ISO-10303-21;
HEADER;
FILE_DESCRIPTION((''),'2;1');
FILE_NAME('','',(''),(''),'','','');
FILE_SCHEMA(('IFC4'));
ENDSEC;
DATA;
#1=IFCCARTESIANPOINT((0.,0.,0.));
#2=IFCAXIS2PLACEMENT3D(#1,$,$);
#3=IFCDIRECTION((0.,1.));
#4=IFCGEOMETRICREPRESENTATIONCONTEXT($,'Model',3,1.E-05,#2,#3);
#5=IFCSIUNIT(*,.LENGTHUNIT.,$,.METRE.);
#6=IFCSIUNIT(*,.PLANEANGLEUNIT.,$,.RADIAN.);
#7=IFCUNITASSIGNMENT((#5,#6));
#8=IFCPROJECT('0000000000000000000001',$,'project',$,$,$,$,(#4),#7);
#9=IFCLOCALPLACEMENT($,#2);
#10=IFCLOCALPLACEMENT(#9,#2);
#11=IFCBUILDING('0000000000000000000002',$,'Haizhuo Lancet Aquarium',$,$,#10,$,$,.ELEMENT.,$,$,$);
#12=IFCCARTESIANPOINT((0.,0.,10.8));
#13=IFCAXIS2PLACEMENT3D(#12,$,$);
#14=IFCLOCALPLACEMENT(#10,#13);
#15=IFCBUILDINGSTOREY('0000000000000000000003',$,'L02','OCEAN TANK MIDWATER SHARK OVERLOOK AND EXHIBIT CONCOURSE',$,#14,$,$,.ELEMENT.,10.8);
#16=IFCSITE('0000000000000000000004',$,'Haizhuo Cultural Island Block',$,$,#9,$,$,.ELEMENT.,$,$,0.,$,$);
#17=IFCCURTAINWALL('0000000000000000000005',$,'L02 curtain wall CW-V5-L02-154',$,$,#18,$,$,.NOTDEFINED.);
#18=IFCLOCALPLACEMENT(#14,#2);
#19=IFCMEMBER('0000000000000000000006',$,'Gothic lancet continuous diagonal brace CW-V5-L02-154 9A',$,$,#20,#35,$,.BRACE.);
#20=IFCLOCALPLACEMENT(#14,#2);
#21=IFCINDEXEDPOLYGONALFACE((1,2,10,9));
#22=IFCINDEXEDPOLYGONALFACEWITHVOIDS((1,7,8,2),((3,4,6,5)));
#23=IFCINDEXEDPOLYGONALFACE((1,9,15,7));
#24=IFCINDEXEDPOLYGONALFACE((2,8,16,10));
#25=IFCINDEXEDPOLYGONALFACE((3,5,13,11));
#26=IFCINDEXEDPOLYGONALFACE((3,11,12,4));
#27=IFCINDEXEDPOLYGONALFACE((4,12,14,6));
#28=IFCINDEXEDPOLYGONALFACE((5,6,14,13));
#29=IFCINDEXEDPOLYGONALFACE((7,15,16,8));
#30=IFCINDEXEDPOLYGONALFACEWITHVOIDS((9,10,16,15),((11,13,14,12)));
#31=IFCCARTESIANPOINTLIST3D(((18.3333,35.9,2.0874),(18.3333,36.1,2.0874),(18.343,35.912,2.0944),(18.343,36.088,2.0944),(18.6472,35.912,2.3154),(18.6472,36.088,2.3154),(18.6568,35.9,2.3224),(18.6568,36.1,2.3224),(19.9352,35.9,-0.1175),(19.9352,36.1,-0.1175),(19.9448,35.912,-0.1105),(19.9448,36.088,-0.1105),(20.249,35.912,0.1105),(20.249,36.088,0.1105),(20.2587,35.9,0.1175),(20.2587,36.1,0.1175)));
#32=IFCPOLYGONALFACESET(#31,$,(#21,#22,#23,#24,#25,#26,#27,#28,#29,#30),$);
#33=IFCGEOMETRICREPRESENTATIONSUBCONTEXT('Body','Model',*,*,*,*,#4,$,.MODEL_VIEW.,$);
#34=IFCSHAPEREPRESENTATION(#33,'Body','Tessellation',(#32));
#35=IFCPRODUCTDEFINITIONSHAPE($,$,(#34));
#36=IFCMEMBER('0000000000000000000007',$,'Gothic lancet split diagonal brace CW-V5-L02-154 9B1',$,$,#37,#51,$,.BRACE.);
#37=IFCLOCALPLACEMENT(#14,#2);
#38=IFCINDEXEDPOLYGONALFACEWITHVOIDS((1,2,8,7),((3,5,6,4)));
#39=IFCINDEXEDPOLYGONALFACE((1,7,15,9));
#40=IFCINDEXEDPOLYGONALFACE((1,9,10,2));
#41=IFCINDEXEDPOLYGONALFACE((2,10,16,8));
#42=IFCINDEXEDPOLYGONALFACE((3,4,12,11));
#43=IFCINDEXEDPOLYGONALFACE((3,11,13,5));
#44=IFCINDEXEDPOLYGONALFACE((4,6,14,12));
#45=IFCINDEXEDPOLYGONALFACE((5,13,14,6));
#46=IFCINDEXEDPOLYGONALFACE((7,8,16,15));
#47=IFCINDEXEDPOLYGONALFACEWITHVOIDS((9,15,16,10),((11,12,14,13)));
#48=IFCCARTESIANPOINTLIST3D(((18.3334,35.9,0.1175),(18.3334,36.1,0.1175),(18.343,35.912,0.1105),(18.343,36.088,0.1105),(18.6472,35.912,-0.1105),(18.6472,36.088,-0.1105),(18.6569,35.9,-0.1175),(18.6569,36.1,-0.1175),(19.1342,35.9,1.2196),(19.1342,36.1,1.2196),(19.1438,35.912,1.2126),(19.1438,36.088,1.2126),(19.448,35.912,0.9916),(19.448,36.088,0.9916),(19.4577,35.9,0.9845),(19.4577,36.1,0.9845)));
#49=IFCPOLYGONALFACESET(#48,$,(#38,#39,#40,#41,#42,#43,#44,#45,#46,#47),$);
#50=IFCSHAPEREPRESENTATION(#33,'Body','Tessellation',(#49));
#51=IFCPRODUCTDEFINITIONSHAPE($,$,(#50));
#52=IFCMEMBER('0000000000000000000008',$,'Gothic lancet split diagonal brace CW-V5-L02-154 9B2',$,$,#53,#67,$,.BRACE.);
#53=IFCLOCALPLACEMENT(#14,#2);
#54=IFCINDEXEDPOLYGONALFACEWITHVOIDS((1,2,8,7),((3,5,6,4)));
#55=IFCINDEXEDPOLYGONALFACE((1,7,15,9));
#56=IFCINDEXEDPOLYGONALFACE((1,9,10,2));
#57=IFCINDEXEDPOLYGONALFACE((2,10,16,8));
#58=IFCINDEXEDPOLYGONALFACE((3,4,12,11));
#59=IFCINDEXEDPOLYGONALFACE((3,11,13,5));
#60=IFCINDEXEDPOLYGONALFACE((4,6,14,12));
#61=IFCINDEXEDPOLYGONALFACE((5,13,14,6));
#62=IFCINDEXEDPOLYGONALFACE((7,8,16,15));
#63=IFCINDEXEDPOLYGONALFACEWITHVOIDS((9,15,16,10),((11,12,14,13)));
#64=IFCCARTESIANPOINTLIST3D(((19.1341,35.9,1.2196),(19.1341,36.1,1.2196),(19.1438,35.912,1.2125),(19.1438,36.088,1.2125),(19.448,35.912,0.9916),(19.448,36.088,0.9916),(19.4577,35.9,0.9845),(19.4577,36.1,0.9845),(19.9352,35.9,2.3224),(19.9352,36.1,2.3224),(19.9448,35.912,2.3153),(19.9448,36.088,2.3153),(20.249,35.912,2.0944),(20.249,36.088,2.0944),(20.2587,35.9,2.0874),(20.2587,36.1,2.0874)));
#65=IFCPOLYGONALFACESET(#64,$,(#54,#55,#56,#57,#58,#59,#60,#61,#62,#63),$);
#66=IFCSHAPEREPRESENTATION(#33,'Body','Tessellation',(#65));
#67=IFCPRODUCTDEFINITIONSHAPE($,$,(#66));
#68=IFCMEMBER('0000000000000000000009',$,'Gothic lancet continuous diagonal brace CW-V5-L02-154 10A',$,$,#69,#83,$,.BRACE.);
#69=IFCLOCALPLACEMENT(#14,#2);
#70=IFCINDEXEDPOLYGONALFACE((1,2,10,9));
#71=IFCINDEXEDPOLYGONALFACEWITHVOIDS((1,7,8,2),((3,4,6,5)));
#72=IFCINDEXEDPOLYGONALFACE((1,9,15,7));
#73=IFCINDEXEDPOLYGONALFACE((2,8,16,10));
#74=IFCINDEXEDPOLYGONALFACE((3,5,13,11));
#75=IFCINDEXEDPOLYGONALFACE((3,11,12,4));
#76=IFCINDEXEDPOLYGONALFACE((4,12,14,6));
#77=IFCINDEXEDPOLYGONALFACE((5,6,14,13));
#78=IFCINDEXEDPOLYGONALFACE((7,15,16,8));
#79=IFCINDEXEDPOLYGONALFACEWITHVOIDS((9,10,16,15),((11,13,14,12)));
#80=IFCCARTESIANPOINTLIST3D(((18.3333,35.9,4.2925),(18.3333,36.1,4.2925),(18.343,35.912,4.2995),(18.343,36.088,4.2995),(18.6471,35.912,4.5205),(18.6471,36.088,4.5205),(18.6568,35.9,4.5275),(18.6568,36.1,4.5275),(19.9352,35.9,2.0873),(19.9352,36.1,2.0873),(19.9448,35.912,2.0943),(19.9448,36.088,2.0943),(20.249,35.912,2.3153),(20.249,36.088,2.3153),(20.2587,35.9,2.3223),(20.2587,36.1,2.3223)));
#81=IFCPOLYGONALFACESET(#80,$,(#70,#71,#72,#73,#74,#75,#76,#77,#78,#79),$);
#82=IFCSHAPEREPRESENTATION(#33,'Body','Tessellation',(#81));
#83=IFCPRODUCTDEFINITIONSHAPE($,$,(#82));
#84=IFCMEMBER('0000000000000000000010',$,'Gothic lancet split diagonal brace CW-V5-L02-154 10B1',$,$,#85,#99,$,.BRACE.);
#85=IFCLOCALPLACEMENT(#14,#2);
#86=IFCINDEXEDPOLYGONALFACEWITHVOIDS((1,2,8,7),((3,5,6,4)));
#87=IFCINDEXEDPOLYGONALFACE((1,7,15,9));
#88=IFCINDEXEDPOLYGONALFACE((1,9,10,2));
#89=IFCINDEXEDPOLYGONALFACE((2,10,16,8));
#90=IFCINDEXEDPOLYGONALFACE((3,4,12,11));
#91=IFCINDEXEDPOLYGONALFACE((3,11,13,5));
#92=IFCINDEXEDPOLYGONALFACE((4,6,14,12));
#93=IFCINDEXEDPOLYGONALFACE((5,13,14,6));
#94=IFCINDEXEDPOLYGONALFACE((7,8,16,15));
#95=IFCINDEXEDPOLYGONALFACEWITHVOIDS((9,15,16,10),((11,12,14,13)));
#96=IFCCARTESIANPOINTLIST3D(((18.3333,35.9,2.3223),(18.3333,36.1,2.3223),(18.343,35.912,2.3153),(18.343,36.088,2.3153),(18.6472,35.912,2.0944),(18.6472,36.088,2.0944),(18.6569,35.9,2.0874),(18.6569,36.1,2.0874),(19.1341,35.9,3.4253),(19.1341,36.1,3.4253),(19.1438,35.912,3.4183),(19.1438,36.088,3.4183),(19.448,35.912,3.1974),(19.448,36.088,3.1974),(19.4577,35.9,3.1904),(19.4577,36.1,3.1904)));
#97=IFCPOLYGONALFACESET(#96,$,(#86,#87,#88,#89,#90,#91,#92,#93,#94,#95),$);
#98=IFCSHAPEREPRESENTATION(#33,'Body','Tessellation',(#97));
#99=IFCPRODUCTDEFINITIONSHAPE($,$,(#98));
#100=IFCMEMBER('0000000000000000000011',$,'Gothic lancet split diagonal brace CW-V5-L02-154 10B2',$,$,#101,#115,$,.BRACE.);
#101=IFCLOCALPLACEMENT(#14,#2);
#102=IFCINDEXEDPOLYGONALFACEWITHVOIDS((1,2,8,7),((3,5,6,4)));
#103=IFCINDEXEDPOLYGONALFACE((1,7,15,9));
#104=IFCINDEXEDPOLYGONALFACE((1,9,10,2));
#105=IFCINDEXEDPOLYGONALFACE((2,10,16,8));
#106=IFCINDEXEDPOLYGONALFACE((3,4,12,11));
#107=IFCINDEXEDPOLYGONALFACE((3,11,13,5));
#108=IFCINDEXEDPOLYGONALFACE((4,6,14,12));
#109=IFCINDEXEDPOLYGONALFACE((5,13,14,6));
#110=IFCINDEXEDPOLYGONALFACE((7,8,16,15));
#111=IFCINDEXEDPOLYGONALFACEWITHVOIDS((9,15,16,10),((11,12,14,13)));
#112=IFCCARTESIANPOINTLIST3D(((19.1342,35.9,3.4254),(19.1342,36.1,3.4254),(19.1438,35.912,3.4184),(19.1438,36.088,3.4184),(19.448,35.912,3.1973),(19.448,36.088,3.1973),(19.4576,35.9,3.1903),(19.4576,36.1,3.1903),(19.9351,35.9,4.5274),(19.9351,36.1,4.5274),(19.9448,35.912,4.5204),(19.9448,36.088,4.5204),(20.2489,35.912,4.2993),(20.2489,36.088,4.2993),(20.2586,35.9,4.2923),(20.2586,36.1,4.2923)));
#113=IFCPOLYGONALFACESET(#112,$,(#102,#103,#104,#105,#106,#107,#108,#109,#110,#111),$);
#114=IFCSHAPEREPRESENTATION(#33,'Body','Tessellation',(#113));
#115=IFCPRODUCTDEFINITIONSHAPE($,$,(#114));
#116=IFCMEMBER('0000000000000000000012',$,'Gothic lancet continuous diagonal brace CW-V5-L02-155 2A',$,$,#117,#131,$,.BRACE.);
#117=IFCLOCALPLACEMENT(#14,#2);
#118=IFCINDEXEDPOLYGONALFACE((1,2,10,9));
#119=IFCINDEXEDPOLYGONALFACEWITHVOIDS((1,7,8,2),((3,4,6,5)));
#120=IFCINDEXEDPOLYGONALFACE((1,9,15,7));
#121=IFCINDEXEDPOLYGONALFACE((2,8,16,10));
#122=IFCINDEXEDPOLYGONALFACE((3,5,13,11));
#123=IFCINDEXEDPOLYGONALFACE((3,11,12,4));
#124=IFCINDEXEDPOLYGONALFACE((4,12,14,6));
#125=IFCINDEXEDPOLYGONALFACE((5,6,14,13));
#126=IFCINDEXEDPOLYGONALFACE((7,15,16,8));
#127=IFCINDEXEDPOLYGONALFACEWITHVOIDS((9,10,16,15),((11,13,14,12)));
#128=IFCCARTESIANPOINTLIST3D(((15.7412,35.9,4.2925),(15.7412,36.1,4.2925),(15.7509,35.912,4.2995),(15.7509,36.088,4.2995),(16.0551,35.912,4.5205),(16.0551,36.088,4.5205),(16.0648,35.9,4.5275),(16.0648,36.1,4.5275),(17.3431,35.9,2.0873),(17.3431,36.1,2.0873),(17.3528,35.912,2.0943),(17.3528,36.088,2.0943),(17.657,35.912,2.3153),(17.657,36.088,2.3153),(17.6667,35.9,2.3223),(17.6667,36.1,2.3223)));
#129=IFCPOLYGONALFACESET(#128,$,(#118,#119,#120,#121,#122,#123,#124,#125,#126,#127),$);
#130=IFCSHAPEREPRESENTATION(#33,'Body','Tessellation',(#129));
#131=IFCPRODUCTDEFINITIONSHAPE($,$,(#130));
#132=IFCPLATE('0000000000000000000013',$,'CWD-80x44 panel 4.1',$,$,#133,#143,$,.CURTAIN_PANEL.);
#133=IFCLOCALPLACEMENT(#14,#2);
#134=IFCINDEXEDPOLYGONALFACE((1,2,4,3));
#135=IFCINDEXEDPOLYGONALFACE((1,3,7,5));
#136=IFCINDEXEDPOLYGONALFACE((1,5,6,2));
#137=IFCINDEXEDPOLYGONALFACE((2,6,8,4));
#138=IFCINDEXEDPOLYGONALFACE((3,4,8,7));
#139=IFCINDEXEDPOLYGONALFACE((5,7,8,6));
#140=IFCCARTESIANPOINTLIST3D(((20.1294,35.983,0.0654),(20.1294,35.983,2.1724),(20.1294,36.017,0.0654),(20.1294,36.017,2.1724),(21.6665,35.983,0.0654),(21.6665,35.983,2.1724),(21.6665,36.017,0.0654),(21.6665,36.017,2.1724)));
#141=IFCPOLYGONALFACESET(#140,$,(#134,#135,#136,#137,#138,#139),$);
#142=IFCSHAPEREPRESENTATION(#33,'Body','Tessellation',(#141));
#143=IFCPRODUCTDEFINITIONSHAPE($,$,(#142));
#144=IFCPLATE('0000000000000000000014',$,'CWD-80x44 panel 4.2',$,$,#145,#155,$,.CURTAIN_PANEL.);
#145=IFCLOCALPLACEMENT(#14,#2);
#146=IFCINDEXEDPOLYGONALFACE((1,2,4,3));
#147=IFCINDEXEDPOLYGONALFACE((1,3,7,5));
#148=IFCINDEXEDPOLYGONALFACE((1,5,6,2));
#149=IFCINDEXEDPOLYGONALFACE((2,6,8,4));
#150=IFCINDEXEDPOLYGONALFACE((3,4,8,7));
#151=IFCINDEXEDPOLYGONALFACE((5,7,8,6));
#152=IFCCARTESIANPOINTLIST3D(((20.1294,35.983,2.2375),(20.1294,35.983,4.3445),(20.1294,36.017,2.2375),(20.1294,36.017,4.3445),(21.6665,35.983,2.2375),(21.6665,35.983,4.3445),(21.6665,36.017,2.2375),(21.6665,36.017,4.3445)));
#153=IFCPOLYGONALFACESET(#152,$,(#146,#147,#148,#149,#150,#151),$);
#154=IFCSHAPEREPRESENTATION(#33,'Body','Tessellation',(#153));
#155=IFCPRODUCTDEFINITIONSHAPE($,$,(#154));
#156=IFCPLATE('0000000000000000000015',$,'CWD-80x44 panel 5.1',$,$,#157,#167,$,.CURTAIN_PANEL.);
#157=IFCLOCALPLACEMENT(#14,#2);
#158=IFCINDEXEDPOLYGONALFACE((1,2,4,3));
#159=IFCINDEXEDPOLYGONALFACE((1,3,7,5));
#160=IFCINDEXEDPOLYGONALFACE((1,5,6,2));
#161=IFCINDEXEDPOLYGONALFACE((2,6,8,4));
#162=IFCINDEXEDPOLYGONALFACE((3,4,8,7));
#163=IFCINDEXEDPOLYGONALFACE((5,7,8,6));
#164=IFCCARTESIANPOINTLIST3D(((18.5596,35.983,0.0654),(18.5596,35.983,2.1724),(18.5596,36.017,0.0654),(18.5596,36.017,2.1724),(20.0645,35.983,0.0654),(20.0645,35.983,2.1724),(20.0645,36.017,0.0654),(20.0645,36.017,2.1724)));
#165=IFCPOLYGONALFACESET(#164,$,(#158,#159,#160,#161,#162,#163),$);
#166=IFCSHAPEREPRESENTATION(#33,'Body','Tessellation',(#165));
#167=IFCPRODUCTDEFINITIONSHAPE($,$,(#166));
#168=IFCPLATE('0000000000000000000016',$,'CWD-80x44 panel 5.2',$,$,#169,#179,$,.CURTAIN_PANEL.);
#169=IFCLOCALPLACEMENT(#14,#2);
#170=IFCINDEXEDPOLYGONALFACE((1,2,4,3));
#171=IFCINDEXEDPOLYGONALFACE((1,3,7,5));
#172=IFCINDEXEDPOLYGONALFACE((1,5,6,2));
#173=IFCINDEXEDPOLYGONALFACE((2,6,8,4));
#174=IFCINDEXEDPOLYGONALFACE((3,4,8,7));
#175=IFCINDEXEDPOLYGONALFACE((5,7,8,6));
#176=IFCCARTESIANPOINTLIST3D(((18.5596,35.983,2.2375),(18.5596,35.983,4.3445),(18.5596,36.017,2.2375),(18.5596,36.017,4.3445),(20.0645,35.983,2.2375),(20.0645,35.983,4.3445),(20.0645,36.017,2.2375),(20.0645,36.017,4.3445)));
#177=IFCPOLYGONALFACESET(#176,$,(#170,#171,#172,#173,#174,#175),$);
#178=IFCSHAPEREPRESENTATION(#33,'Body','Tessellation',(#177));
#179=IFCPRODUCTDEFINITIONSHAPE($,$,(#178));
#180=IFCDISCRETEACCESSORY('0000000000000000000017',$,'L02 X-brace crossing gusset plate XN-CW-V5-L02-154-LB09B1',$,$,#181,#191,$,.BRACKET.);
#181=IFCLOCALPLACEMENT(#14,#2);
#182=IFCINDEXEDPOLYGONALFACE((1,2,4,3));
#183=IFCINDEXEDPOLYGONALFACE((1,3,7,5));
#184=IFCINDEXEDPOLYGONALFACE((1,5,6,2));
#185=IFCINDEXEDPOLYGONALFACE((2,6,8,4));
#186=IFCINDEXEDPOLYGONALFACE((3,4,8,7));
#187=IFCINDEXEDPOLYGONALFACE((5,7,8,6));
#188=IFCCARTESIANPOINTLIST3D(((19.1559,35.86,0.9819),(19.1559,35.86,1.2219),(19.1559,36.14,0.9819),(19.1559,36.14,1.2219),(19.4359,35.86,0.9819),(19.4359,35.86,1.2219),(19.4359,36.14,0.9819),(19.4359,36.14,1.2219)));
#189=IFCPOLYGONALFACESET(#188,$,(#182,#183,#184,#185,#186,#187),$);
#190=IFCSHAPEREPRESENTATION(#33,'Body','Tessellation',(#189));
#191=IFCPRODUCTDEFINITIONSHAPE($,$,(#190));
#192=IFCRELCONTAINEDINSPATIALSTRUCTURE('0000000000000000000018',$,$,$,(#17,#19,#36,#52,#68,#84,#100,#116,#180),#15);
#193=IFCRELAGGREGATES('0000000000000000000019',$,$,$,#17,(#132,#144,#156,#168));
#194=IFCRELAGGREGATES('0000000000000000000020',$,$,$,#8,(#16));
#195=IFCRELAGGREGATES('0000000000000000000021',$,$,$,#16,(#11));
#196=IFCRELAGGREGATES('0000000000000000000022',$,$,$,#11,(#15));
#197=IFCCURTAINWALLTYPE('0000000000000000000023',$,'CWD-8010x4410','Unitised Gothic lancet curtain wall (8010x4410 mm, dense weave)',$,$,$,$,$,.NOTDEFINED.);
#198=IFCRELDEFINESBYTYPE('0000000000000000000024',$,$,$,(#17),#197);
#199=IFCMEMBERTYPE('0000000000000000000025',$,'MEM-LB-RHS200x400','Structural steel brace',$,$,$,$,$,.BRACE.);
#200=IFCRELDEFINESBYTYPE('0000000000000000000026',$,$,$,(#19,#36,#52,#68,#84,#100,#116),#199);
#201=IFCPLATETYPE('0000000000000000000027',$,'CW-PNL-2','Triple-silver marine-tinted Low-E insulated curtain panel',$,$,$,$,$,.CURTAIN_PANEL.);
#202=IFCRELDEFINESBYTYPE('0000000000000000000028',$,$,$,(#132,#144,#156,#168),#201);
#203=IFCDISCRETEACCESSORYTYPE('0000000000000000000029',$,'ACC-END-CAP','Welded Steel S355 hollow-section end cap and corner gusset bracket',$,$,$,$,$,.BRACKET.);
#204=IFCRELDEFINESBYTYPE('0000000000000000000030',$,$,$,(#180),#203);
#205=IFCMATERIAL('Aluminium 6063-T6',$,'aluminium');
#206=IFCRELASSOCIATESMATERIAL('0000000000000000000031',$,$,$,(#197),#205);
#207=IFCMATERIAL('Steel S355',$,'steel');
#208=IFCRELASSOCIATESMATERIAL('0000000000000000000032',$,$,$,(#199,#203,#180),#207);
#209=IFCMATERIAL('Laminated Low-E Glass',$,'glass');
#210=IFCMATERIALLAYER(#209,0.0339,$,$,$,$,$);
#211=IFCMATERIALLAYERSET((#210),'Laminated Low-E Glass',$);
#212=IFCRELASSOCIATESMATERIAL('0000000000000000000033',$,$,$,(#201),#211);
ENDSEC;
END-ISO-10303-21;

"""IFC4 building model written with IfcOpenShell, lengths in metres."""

from ifc_helpers import new_model, si_unit, direction, frame, origin, origin_2d, place, context, subcontext, project, spatial, rectangle, hollow_rectangle, extrude, material, layer, layer_set, material_profile, profile_set, type_object, element, aggregate, save


model = new_model("IFC4")

# Units and contexts
model_context = context("Model", 3, precision=1e-05, world=origin(), true_north=direction((0.0, 1.0)))
body_context = subcontext(model_context, "Body", "Model", "MODEL_VIEW")
ifc_project = project(units=[si_unit("LENGTHUNIT", "METRE"), si_unit("PLANEANGLEUNIT", "RADIAN")], contexts=[model_context])

# Site, building, storey
site_placement = place(None, origin())
site = spatial("IfcSite", under=ifc_project, at=site_placement, Name="Haizhuo Cultural Island Block", CompositionType="ELEMENT", RefElevation=0.0)
building_placement = place(site_placement, origin())
building = spatial("IfcBuilding", under=site, at=building_placement, Name="Haizhuo Lancet Aquarium", CompositionType="ELEMENT")
storey_placement = place(building_placement, frame((0.0, 0.0, 10.8)))
storey = spatial("IfcBuildingStorey", under=building, at=storey_placement, Name="L02", Description="OCEAN TANK MIDWATER SHARK OVERLOOK AND EXHIBIT CONCOURSE", CompositionType="ELEMENT", Elevation=10.8)

# Curtain wall
ifc_material_1 = material(Name="Aluminium 6063-T6", Category="aluminium")
curtain_wall_type = type_object("IfcCurtainWallType", Name="CWD-8010x4410", Description="Unitised Gothic lancet curtain wall (8010x4410 mm, dense weave)", PredefinedType="NOTDEFINED", material=ifc_material_1)
curtain_wall_placement = place(storey_placement, origin())
curtain_wall = element("IfcCurtainWall", 1, at=curtain_wall_placement, inside=storey, type_object=curtain_wall_type, Name="L02 curtain wall CW-V5-L02-154", PredefinedType="NOTDEFINED")

# Members
ifc_material_2 = material(Name="Steel S355", Category="steel")
ifc_material_profile_1 = material_profile(ifc_material_2, hollow_rectangle(XDim=0.2, YDim=0.3999, WallThickness=0.012, at=origin_2d()), Name="RHS 200x400x12")
ifc_profile_set_1 = profile_set([ifc_material_profile_1], Name="Steel S355")
member_type_1 = type_object("IfcMemberType", Name="MEM-LB-RHS200x400", Description="Structural steel brace", PredefinedType="BRACE", material=ifc_profile_set_1)
member_1_placement = place(storey_placement, frame((20.0969, 36.0, 0.0), z_axis=(-0.587761, 0.0, 0.809034), x_axis=(0.0, -1.0, 0.0)))
element("IfcMember", 2, at=member_1_placement, inside=storey, type_object=member_type_1, Name="Gothic lancet continuous diagonal brace CW-V5-L02-154 9A", PredefinedType="BRACE", context=body_context, shape_type="SweptSolid", body=[
    extrude(hollow_rectangle(XDim=0.2, YDim=0.3999, WallThickness=0.012, at=origin_2d()), origin(), (0.0, 0.0, 1.0), 2.7253),
])
member_2_placement = place(storey_placement, frame((18.4951, 36.0, 0.0), z_axis=(0.587831, 0.0, 0.808984), x_axis=(0.0, 1.0, 0.0)))
element("IfcMember", 3, at=member_2_placement, inside=storey, type_object=member_type_1, Name="Gothic lancet split diagonal brace CW-V5-L02-154 9B1", PredefinedType="BRACE", context=body_context, shape_type="SweptSolid", body=[
    extrude(hollow_rectangle(XDim=0.2, YDim=0.3999, WallThickness=0.012, at=origin_2d()), origin(), (0.0, 0.0, 1.0), 1.3623),
])
member_3_placement = place(storey_placement, frame((19.2959, 36.0, 1.1021), z_axis=(0.587692, 0.0, 0.809084), x_axis=(0.0, 1.0, 0.0)))
element("IfcMember", 4, at=member_3_placement, inside=storey, type_object=member_type_1, Name="Gothic lancet split diagonal brace CW-V5-L02-154 9B2", PredefinedType="BRACE", context=body_context, shape_type="SweptSolid", body=[
    extrude(hollow_rectangle(XDim=0.2, YDim=0.3999, WallThickness=0.012, at=origin_2d()), origin(), (0.0, 0.0, 1.0), 1.363),
])
member_4_placement = place(storey_placement, frame((20.0969, 36.0, 2.2048), z_axis=(-0.587719, 0.0, 0.809065), x_axis=(0.0, -1.0, 0.0)))
element("IfcMember", 5, at=member_4_placement, inside=storey, type_object=member_type_1, Name="Gothic lancet continuous diagonal brace CW-V5-L02-154 10A", PredefinedType="BRACE", context=body_context, shape_type="SweptSolid", body=[
    extrude(hollow_rectangle(XDim=0.2, YDim=0.3999, WallThickness=0.012, at=origin_2d()), origin(), (0.0, 0.0, 1.0), 2.7256),
])
member_5_placement = place(storey_placement, frame((18.4951, 36.0, 2.2048), z_axis=(0.58749, 0.0, 0.809232), x_axis=(0.0, 1.0, 0.0)))
element("IfcMember", 6, at=member_5_placement, inside=storey, type_object=member_type_1, Name="Gothic lancet split diagonal brace CW-V5-L02-154 10B1", PredefinedType="BRACE", context=body_context, shape_type="SweptSolid", body=[
    extrude(hollow_rectangle(XDim=0.2, YDim=0.3999, WallThickness=0.012, at=origin_2d()), origin(), (0.0, 0.0, 1.0), 1.363),
])
member_6_placement = place(storey_placement, frame((19.2959, 36.0, 3.3079), z_axis=(0.587948, 0.0, 0.808899), x_axis=(0.0, 1.0, 0.0)))
element("IfcMember", 7, at=member_6_placement, inside=storey, type_object=member_type_1, Name="Gothic lancet split diagonal brace CW-V5-L02-154 10B2", PredefinedType="BRACE", context=body_context, shape_type="SweptSolid", body=[
    extrude(hollow_rectangle(XDim=0.2, YDim=0.3999, WallThickness=0.012, at=origin_2d()), origin(), (0.0, 0.0, 1.0), 1.3623),
])
member_7_placement = place(storey_placement, frame((17.5049, 36.0, 2.2048), z_axis=(-0.587719, 0.0, 0.809065), x_axis=(0.0, -1.0, 0.0)))
element("IfcMember", 8, at=member_7_placement, inside=storey, type_object=member_type_1, Name="Gothic lancet continuous diagonal brace CW-V5-L02-155 2A", PredefinedType="BRACE", context=body_context, shape_type="SweptSolid", body=[
    extrude(hollow_rectangle(XDim=0.2, YDim=0.3999, WallThickness=0.012, at=origin_2d()), origin(), (0.0, 0.0, 1.0), 2.7256),
])

# Plates
ifc_material_3 = material(Name="Laminated Low-E Glass", Category="glass")
ifc_layer = layer(ifc_material_3, 0.0339)
ifc_layer_set = layer_set([ifc_layer], Name="Laminated Low-E Glass")
plate_type = type_object("IfcPlateType", Name="CW-PNL-2", Description="Triple-silver marine-tinted Low-E insulated curtain panel", PredefinedType="CURTAIN_PANEL", material=ifc_layer_set)
plate_1_placement = place(storey_placement, frame((20.8979, 36.0, 0.0654), z_axis=(0.0, 0.0, 1.0), x_axis=(-1.0, 0.0, 0.0)))
plate_1 = element("IfcPlate", 9, at=plate_1_placement, type_object=plate_type, Name="CWD-80x44 panel 4.1", PredefinedType="CURTAIN_PANEL", context=body_context, shape_type="SweptSolid", body=[
    extrude(rectangle(XDim=1.5371, YDim=0.0339, at=origin_2d()), origin(), (0.0, 0.0, 1.0), 2.1069),
])
plate_2_placement = place(storey_placement, frame((20.8979, 36.0, 2.2375), z_axis=(0.0, 0.0, 1.0), x_axis=(-1.0, 0.0, 0.0)))
plate_2 = element("IfcPlate", 10, at=plate_2_placement, type_object=plate_type, Name="CWD-80x44 panel 4.2", PredefinedType="CURTAIN_PANEL", context=body_context, shape_type="SweptSolid", body=[
    extrude(rectangle(XDim=1.5371, YDim=0.0339, at=origin_2d()), origin(), (0.0, 0.0, 1.0), 2.1069),
])
plate_3_placement = place(storey_placement, frame((19.312, 36.0, 0.0654), z_axis=(0.0, 0.0, 1.0), x_axis=(-1.0, 0.0, 0.0)))
plate_3 = element("IfcPlate", 11, at=plate_3_placement, type_object=plate_type, Name="CWD-80x44 panel 5.1", PredefinedType="CURTAIN_PANEL", context=body_context, shape_type="SweptSolid", body=[
    extrude(rectangle(XDim=1.5049, YDim=0.0339, at=origin_2d()), origin(), (0.0, 0.0, 1.0), 2.1069),
])
plate_4_placement = place(storey_placement, frame((19.312, 36.0, 2.2375), z_axis=(0.0, 0.0, 1.0), x_axis=(-1.0, 0.0, 0.0)))
plate_4 = element("IfcPlate", 12, at=plate_4_placement, type_object=plate_type, Name="CWD-80x44 panel 5.2", PredefinedType="CURTAIN_PANEL", context=body_context, shape_type="SweptSolid", body=[
    extrude(rectangle(XDim=1.5049, YDim=0.0339, at=origin_2d()), origin(), (0.0, 0.0, 1.0), 2.1069),
])
aggregate(curtain_wall, [plate_1, plate_2, plate_3, plate_4])

# Discrete accessory
discrete_accessory_type = type_object("IfcDiscreteAccessoryType", Name="ACC-END-CAP", Description="Welded Steel S355 hollow-section end cap and corner gusset bracket", PredefinedType="BRACKET", material=ifc_material_2)
for number, where, z_axis, x_axis, name in (
    (13, (19.2959, 36.0, 0.9819), (0.0, 0.0, 1.0), (1.0, 0.0, 0.0), "L02 X-brace crossing gusset plate XN-CW-V5-L02-154-LB09B1"),
):
    element("IfcDiscreteAccessory", number, at=place(storey_placement, frame(where, z_axis=z_axis, x_axis=x_axis)), inside=storey, type_object=discrete_accessory_type, material=ifc_material_2, Name=name, PredefinedType="BRACKET", context=body_context, shape_type="SweptSolid", body=[
        extrude(rectangle(XDim=0.28, YDim=0.28, at=origin_2d()), origin(), (0.0, 0.0, 1.0), 0.24),
    ])

save(model, "model.ifc")
